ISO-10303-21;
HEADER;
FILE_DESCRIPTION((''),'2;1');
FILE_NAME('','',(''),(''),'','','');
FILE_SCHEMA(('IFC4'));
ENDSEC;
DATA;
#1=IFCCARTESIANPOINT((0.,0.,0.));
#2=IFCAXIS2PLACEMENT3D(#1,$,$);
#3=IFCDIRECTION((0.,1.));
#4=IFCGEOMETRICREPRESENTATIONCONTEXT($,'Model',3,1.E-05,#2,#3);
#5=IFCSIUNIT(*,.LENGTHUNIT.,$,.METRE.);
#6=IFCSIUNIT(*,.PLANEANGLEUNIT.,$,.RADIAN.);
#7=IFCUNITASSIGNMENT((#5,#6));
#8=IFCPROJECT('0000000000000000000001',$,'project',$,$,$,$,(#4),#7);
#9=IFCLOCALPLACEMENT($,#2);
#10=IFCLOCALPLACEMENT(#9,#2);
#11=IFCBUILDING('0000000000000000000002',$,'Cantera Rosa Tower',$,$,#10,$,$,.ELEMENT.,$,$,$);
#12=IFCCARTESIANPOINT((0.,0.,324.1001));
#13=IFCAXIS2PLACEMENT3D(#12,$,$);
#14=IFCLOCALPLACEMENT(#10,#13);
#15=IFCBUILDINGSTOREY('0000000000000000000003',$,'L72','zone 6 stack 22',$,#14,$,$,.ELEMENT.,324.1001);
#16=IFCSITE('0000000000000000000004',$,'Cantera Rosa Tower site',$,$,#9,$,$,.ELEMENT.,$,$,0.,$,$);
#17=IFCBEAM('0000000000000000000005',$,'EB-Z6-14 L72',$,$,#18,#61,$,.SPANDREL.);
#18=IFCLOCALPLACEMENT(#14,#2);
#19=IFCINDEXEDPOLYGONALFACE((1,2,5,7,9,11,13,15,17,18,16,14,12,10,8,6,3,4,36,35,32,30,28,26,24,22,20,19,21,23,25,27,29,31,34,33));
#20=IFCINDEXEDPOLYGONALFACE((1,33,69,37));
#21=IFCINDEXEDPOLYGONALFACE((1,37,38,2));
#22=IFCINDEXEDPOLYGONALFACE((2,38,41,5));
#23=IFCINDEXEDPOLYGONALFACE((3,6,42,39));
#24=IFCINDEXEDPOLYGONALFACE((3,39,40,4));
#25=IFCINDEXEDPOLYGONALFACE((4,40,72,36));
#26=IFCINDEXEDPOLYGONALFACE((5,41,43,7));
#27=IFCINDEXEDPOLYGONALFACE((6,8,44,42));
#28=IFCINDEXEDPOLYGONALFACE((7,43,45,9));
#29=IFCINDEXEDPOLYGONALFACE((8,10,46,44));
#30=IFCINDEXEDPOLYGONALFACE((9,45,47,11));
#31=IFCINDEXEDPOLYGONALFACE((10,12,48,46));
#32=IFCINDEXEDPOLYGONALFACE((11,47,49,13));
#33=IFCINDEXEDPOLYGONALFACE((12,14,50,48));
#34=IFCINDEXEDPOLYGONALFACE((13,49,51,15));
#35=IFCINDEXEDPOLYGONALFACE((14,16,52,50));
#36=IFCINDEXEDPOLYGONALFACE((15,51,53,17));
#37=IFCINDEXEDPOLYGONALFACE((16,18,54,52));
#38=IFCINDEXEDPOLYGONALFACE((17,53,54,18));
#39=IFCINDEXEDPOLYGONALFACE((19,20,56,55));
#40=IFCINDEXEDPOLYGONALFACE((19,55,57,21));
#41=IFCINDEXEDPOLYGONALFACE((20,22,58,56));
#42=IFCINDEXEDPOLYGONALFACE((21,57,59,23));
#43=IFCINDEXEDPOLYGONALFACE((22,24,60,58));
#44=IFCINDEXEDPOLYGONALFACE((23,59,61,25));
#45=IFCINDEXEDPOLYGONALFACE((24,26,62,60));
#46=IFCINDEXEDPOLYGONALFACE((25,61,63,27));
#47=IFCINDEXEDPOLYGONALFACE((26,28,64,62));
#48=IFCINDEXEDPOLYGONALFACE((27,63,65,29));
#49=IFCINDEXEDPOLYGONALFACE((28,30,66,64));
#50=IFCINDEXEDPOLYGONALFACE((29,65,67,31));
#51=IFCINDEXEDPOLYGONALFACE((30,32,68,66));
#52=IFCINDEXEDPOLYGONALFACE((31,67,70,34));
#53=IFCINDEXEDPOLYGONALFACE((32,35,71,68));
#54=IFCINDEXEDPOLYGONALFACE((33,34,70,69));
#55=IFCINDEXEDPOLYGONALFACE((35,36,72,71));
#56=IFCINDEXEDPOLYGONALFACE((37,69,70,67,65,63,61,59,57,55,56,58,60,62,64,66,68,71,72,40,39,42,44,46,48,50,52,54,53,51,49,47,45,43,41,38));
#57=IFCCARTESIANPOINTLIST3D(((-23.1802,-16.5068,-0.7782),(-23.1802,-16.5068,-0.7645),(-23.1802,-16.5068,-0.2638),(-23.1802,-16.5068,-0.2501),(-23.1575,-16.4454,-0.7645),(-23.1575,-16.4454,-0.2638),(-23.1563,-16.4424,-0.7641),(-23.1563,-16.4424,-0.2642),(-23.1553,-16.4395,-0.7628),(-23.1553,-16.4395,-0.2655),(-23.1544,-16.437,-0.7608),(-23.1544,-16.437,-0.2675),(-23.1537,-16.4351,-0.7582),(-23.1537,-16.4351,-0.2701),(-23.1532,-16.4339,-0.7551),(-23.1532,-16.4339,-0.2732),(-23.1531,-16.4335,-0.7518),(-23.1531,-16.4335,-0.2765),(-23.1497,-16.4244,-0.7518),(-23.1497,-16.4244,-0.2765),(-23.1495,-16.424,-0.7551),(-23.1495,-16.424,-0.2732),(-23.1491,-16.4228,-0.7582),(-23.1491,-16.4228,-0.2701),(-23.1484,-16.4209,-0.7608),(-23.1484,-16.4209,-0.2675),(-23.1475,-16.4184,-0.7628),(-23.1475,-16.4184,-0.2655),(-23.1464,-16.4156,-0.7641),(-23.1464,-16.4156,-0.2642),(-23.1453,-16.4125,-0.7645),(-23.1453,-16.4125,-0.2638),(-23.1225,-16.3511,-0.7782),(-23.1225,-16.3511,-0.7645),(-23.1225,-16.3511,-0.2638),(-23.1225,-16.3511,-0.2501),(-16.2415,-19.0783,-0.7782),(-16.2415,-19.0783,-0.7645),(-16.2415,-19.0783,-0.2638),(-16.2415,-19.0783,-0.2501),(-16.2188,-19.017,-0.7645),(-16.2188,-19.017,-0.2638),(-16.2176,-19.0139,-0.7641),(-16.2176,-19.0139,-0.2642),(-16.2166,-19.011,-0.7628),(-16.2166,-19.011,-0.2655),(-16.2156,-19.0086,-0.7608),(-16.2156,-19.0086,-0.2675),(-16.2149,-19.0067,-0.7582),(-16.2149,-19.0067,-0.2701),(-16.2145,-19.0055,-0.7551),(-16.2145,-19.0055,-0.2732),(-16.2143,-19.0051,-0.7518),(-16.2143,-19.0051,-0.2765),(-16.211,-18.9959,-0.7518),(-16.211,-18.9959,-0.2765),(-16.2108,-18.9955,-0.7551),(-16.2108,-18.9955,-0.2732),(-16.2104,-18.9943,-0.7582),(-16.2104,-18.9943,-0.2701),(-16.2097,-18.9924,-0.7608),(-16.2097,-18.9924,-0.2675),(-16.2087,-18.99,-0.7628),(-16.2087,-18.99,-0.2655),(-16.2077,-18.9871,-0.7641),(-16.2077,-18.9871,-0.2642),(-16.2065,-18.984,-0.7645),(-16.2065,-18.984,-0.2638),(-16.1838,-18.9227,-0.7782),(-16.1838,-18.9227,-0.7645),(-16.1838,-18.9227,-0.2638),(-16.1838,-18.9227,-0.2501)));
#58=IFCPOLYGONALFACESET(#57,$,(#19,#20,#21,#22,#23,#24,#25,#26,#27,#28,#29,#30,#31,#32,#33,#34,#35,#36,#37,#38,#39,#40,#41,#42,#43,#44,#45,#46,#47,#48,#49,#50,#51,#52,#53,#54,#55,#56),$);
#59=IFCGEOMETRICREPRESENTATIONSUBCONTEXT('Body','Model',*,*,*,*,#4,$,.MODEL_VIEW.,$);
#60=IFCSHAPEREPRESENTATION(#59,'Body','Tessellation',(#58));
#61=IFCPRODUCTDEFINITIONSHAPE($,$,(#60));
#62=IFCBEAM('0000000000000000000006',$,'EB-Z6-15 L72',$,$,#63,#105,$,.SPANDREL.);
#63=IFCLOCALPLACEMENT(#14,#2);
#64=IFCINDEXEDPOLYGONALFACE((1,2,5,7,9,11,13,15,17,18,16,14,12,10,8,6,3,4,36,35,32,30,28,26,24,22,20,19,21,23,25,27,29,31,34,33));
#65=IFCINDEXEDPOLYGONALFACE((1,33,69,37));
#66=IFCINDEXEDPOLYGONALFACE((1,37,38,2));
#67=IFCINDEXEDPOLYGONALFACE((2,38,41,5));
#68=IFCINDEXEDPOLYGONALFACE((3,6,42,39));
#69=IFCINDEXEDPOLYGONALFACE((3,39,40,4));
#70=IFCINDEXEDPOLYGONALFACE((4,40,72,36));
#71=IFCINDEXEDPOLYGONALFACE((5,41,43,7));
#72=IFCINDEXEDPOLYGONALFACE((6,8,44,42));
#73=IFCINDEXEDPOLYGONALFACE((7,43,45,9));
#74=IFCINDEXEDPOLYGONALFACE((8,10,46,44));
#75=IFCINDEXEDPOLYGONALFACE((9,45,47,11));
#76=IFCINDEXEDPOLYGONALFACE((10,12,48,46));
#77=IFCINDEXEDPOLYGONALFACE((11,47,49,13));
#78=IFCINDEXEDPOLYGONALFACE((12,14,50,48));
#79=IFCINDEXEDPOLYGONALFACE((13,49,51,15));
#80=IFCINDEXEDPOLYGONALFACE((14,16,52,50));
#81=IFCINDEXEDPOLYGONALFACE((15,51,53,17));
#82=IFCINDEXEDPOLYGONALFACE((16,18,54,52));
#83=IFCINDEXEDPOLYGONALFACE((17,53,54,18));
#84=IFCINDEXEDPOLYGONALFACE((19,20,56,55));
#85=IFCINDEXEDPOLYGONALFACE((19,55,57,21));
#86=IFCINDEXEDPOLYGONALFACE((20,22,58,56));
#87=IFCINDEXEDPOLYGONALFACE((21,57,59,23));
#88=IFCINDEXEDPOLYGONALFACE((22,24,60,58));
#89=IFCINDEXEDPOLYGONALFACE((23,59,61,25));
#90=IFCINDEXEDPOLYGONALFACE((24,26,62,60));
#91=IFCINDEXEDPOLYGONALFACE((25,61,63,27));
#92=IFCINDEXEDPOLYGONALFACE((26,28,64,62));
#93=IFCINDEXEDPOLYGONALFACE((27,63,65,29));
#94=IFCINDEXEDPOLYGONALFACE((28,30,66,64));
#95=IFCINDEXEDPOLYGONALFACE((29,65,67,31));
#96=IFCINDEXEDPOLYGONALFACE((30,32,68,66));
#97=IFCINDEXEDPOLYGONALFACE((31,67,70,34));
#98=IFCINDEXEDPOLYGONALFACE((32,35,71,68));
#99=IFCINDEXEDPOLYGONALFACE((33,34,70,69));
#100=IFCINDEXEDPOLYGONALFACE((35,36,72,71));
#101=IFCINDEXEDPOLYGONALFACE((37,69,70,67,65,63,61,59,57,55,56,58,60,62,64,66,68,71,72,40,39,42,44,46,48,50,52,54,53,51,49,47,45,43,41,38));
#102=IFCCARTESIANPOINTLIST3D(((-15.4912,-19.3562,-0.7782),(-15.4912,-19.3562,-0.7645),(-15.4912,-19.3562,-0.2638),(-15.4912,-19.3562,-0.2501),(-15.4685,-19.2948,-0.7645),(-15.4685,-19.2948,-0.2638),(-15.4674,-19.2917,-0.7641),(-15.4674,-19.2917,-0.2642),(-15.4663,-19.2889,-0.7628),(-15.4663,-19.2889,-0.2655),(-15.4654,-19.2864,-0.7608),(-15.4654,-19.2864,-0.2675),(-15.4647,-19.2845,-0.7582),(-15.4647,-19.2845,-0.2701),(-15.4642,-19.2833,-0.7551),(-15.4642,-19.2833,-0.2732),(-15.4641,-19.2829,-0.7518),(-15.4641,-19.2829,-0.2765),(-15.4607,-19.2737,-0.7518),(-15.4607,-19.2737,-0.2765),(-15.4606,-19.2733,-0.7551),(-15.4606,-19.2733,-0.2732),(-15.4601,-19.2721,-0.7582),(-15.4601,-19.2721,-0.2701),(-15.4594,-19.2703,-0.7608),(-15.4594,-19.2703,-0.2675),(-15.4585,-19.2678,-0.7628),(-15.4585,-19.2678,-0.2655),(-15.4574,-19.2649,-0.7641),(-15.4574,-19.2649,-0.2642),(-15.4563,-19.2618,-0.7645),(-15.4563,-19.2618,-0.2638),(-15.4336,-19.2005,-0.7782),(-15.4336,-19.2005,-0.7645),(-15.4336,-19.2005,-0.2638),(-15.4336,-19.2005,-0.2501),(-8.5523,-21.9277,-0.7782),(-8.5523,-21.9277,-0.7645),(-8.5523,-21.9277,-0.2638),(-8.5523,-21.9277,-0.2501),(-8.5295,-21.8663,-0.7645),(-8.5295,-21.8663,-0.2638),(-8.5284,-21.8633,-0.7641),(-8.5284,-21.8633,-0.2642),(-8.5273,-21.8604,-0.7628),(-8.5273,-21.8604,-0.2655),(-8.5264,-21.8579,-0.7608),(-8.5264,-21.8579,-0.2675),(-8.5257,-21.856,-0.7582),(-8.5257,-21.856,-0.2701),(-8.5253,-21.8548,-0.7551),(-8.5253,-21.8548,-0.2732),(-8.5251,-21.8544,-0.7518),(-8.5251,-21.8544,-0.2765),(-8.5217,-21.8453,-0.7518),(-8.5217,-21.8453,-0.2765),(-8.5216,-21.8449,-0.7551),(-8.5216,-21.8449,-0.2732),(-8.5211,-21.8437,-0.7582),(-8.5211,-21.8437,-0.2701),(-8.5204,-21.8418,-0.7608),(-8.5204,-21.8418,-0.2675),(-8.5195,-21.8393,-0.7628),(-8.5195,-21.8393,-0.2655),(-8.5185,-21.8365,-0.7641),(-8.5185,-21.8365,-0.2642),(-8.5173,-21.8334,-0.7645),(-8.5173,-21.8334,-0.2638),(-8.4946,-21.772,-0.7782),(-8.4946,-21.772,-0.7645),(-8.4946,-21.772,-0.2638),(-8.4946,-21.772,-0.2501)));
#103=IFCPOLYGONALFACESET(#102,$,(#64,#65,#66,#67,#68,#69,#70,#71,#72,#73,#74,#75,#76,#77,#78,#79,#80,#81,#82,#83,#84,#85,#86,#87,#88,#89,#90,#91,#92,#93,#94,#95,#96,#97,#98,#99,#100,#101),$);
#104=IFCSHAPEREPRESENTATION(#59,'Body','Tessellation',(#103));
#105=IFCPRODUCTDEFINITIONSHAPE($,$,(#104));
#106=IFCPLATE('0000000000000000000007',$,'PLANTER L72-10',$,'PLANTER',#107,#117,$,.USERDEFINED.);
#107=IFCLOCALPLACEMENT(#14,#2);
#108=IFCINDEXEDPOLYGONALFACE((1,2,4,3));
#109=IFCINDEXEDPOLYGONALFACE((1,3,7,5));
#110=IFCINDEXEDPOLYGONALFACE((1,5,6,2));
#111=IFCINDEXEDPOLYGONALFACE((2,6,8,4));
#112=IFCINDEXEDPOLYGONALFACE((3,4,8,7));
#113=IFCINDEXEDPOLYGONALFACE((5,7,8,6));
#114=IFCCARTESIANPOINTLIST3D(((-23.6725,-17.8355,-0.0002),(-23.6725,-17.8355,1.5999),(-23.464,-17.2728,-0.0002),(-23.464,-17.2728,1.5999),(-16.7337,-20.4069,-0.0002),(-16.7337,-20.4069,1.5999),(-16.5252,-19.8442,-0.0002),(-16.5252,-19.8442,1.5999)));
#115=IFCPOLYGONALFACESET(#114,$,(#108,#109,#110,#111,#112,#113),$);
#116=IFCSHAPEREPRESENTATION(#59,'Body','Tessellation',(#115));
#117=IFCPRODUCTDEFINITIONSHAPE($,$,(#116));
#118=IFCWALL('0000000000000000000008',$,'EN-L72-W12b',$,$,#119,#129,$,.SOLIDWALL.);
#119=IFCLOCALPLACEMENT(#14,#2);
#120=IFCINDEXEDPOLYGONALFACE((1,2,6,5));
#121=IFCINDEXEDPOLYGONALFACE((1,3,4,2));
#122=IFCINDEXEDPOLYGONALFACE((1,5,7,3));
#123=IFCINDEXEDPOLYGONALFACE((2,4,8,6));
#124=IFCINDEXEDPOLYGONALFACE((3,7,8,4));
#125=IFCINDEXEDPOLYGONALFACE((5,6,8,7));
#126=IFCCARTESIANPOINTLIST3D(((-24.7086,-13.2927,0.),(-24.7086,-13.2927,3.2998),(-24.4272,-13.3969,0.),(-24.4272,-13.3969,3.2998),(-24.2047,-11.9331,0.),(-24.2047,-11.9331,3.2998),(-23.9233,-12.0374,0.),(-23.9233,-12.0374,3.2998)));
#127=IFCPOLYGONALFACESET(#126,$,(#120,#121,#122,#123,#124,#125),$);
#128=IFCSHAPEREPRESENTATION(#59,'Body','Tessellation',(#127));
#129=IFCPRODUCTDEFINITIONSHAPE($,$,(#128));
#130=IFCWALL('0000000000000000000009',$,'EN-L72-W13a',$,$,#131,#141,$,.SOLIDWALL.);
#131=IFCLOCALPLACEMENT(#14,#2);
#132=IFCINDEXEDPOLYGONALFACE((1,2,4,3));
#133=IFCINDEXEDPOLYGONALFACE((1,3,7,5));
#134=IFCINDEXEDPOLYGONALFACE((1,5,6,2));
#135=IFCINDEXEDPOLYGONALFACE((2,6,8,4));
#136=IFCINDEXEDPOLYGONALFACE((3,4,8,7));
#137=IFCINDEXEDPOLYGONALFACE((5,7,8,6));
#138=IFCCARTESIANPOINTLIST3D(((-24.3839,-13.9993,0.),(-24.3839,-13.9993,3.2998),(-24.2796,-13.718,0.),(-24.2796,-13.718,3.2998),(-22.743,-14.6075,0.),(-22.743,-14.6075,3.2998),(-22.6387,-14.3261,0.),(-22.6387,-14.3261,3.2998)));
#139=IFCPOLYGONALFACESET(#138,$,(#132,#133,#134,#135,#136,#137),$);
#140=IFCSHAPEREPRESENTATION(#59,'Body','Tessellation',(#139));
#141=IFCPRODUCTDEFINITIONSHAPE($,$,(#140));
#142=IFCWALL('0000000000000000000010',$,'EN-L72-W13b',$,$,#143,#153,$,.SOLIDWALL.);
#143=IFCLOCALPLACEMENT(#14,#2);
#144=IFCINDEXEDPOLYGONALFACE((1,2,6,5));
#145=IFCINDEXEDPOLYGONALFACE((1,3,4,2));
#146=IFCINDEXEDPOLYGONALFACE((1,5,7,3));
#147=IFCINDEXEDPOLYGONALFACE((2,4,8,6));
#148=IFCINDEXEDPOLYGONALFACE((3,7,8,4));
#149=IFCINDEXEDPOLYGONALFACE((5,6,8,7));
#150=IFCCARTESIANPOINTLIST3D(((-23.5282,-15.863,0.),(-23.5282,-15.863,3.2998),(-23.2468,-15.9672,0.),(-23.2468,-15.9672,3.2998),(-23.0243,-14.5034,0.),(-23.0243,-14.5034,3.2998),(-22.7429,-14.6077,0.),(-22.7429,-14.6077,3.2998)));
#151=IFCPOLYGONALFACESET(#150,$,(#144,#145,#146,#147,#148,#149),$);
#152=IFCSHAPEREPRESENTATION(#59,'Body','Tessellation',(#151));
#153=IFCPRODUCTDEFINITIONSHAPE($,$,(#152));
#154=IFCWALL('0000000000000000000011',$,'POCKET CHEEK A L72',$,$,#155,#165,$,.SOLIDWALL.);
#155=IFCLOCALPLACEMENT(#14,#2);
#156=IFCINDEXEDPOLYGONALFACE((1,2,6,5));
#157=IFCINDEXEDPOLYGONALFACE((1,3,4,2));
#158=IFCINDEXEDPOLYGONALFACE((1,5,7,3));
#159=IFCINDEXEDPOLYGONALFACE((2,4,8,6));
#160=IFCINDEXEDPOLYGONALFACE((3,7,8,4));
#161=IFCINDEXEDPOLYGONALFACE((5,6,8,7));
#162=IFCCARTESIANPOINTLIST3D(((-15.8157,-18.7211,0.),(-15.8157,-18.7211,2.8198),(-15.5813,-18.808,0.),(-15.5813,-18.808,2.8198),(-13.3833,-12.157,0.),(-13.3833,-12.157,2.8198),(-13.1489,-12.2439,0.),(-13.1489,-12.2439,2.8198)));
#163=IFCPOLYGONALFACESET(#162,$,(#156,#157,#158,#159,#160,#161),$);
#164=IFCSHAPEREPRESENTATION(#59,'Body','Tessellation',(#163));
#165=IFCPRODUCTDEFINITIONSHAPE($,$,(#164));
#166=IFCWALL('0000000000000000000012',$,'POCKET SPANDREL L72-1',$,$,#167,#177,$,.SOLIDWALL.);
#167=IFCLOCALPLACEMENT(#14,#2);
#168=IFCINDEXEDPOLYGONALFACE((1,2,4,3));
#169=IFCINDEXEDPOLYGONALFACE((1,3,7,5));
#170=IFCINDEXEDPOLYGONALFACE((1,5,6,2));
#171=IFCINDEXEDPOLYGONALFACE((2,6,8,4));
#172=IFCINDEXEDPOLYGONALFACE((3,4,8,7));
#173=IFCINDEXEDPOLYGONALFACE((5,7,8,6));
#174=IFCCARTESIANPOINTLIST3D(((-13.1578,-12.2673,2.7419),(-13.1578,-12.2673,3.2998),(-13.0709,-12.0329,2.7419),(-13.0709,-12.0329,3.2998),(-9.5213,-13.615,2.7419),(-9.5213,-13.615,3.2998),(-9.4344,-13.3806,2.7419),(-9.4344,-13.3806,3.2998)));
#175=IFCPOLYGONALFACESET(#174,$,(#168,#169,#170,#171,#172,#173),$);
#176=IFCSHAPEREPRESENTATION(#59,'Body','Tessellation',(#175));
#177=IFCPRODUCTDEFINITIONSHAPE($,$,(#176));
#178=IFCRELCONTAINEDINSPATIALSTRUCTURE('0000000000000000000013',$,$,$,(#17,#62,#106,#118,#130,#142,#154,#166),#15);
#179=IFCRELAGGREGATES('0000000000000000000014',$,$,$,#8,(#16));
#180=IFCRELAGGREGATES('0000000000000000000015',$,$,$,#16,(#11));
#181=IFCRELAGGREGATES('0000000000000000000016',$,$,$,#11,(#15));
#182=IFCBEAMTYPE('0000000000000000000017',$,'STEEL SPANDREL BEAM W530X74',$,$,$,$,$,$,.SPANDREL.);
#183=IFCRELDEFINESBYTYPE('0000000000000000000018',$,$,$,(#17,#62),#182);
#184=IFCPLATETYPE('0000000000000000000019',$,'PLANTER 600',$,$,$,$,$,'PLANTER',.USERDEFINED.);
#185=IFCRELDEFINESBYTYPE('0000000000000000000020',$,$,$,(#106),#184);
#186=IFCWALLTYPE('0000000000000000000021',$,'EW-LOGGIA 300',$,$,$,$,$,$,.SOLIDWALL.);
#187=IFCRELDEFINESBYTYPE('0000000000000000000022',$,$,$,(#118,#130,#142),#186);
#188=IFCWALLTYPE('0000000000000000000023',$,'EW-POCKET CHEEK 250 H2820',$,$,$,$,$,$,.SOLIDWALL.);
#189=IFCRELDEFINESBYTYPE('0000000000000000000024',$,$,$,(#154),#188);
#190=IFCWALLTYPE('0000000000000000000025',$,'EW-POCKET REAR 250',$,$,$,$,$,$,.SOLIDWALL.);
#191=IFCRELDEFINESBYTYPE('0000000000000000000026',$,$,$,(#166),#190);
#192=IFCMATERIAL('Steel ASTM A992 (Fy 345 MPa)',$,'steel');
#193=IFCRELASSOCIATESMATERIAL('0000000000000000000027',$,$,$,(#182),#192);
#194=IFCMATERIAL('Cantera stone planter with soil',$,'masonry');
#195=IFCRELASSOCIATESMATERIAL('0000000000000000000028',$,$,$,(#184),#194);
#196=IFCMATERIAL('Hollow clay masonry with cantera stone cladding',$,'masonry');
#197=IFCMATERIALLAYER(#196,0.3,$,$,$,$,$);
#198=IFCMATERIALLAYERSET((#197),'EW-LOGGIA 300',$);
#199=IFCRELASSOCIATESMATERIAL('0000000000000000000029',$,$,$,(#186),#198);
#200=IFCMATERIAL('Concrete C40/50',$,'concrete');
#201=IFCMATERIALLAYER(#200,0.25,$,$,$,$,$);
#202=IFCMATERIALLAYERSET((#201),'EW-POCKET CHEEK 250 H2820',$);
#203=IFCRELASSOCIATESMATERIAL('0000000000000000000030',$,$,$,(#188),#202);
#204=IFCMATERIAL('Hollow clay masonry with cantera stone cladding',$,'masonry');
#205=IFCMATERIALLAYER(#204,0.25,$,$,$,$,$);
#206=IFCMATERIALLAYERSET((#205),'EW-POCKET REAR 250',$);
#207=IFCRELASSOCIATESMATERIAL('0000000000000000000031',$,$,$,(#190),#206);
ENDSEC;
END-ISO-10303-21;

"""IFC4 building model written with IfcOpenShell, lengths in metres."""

from ifc_helpers import new_model, si_unit, direction, frame, frame_2d, origin, origin_2d, place, context, subcontext, project, spatial, rectangle, i_section, extrude, material, layer, layer_set, material_profile, profile_set, type_object, element, save


model = new_model("IFC4")

# Units and contexts
model_context = context("Model", 3, precision=1e-05, world=origin(), true_north=direction((0.0, 1.0)))
body_context = subcontext(model_context, "Body", "Model", "MODEL_VIEW")
ifc_project = project(units=[si_unit("LENGTHUNIT", "METRE"), si_unit("PLANEANGLEUNIT", "RADIAN")], contexts=[model_context])

# Site, building, storey
site_placement = place(None, origin())
site = spatial("IfcSite", under=ifc_project, at=site_placement, Name="Cantera Rosa Tower site", CompositionType="ELEMENT", RefElevation=0.0)
building_placement = place(site_placement, origin())
building = spatial("IfcBuilding", under=site, at=building_placement, Name="Cantera Rosa Tower", CompositionType="ELEMENT")
storey_placement = place(building_placement, frame((0.0, 0.0, 324.1001)))
storey = spatial("IfcBuildingStorey", under=building, at=storey_placement, Name="L72", Description="zone 6 stack 22", CompositionType="ELEMENT", Elevation=324.1001)

# Beams
ifc_material_1 = material(Name="Steel ASTM A992 (Fy 345 MPa)", Category="steel")
ifc_material_profile_1 = material_profile(ifc_material_1, i_section(OverallWidth=0.166, OverallDepth=0.5281, WebThickness=0.0098, FlangeThickness=0.0137, FilletRadius=0.0127, at=origin_2d()), Name="W530X74")
ifc_profile_set_1 = profile_set([ifc_material_profile_1], Name="Steel ASTM A992 (Fy 345 MPa)")
beam_type_1 = type_object("IfcBeamType", Name="STEEL SPANDREL BEAM W530X74", PredefinedType="SPANDREL", material=ifc_profile_set_1)
beam_1_placement = place(storey_placement, frame((-23.1514, -16.429, -0.5142), z_axis=(0.937677, -0.347509, 0.0), x_axis=(0.347509, 0.937677, 0.0)))
element("IfcBeam", 1, at=beam_1_placement, inside=storey, type_object=beam_type_1, Name="EB-Z6-14 L72", PredefinedType="SPANDREL", context=body_context, shape_type="SweptSolid", body=[
    extrude(i_section(OverallWidth=0.166, OverallDepth=0.5281, WebThickness=0.0098, FlangeThickness=0.0137, FilletRadius=0.0127, at=origin_2d()), origin(), (0.0, 0.0, 1.0), 7.3999),
])
beam_2_placement = place(storey_placement, frame((-15.4624, -19.2783, -0.5142), z_axis=(0.937681, -0.347498, 0.0), x_axis=(0.347498, 0.937681, 0.0)))
element("IfcBeam", 2, at=beam_2_placement, inside=storey, type_object=beam_type_1, Name="EB-Z6-15 L72", PredefinedType="SPANDREL", context=body_context, shape_type="SweptSolid", body=[
    extrude(i_section(OverallWidth=0.166, OverallDepth=0.5281, WebThickness=0.0098, FlangeThickness=0.0137, FilletRadius=0.0127, at=origin_2d()), origin(), (0.0, 0.0, 1.0), 7.4001),
])

# Plate
ifc_material_2 = material(Name="Cantera stone planter with soil", Category="masonry")
plate_type = type_object("IfcPlateType", Name="PLANTER 600", ElementType="PLANTER", PredefinedType="USERDEFINED", material=ifc_material_2)
plate_placement = place(storey_placement, frame((-20.0989, -18.8398, -0.0002), z_axis=(0.0, 0.0, 1.0), x_axis=(0.937687, -0.347481, 0.0)))
element("IfcPlate", 3, at=plate_placement, inside=storey, type_object=plate_type, Name="PLANTER L72-10", ObjectType="PLANTER", PredefinedType="USERDEFINED", context=body_context, shape_type="SweptSolid", body=[
    extrude(rectangle(XDim=7.3999, YDim=0.6001, at=origin_2d()), origin(), (0.0, 0.0, 1.0), 1.6001),
])

# Walls
ifc_material_3 = material(Name="Hollow clay masonry with cantera stone cladding", Category="masonry")
ifc_layer_1 = layer(ifc_material_3, 0.3)
ifc_layer_set_1 = layer_set([ifc_layer_1], Name="EW-LOGGIA 300")
wall_type_1 = type_object("IfcWallType", Name="EW-LOGGIA 300", PredefinedType="SOLIDWALL", material=ifc_layer_set_1)
wall_1_placement = place(storey_placement, frame((-24.064, -11.9851, 0.0), z_axis=(0.0, 0.0, 1.0), x_axis=(-0.347523, -0.937672, 0.0)))
element("IfcWall", 4, at=wall_1_placement, inside=storey, type_object=wall_type_1, Name="EN-L72-W12b", PredefinedType="SOLIDWALL", context=body_context, shape_type="SweptSolid", body=[
    extrude(rectangle(XDim=1.45, YDim=0.3, at=frame_2d((0.7251, 0.0))), origin(), (0.0, 0.0, 1.0), 3.2998),
])
wall_2_placement = place(storey_placement, frame((-24.3318, -13.8586, 0.0), z_axis=(0.0, 0.0, 1.0), x_axis=(0.93767, -0.347528, 0.0)))
element("IfcWall", 5, at=wall_2_placement, inside=storey, type_object=wall_type_1, Name="EN-L72-W13a", PredefinedType="SOLIDWALL", context=body_context, shape_type="SweptSolid", body=[
    extrude(rectangle(XDim=1.75, YDim=0.3, at=frame_2d((0.875, 0.0))), origin(), (0.0, 0.0, 1.0), 3.2998),
])
wall_3_placement = place(storey_placement, frame((-22.8835, -14.5554, 0.0), z_axis=(0.0, 0.0, 1.0), x_axis=(-0.347523, -0.937672, 0.0)))
element("IfcWall", 6, at=wall_3_placement, inside=storey, type_object=wall_type_1, Name="EN-L72-W13b", PredefinedType="SOLIDWALL", context=body_context, shape_type="SweptSolid", body=[
    extrude(rectangle(XDim=1.45, YDim=0.3, at=frame_2d((0.7251, 0.0))), origin(), (0.0, 0.0, 1.0), 3.2998),
])

# Walls
ifc_material_4 = material(Name="Concrete C40/50", Category="concrete")
ifc_layer_2 = layer(ifc_material_4, 0.25)
ifc_layer_set_2 = layer_set([ifc_layer_2], Name="EW-POCKET CHEEK 250 H2820")
wall_type_2 = type_object("IfcWallType", Name="EW-POCKET CHEEK 250 H2820", PredefinedType="SOLIDWALL", material=ifc_layer_set_2)
wall_4_placement = place(storey_placement, frame((-15.6985, -18.7644, 0.0), z_axis=(0.0, 0.0, 1.0), x_axis=(0.347475, 0.937689, 0.0)))
element("IfcWall", 7, at=wall_4_placement, inside=storey, type_object=wall_type_2, Name="POCKET CHEEK A L72", PredefinedType="SOLIDWALL", context=body_context, shape_type="SweptSolid", body=[
    extrude(rectangle(XDim=7.0002, YDim=0.25, at=frame_2d((3.5, 0.0))), origin(), (0.0, 0.0, 1.0), 2.8198),
])
ifc_material_5 = material(Name="Hollow clay masonry with cantera stone cladding", Category="masonry")
ifc_layer_3 = layer(ifc_material_5, 0.25)
ifc_layer_set_3 = layer_set([ifc_layer_3], Name="EW-POCKET REAR 250")
wall_type_3 = type_object("IfcWallType", Name="EW-POCKET REAR 250", PredefinedType="SOLIDWALL", material=ifc_layer_set_3)
wall_5_placement = place(storey_placement, frame((-13.1143, -12.1501, 2.7419), z_axis=(0.0, 0.0, 1.0), x_axis=(0.93768, -0.347499, 0.0)))
element("IfcWall", 8, at=wall_5_placement, inside=storey, type_object=wall_type_3, Name="POCKET SPANDREL L72-1", PredefinedType="SOLIDWALL", context=body_context, shape_type="SweptSolid", body=[
    extrude(rectangle(XDim=3.8782, YDim=0.25, at=frame_2d((1.939, 0.0))), origin(), (0.0, 0.0, 1.0), 0.5579),
])

save(model, "model.ifc")
